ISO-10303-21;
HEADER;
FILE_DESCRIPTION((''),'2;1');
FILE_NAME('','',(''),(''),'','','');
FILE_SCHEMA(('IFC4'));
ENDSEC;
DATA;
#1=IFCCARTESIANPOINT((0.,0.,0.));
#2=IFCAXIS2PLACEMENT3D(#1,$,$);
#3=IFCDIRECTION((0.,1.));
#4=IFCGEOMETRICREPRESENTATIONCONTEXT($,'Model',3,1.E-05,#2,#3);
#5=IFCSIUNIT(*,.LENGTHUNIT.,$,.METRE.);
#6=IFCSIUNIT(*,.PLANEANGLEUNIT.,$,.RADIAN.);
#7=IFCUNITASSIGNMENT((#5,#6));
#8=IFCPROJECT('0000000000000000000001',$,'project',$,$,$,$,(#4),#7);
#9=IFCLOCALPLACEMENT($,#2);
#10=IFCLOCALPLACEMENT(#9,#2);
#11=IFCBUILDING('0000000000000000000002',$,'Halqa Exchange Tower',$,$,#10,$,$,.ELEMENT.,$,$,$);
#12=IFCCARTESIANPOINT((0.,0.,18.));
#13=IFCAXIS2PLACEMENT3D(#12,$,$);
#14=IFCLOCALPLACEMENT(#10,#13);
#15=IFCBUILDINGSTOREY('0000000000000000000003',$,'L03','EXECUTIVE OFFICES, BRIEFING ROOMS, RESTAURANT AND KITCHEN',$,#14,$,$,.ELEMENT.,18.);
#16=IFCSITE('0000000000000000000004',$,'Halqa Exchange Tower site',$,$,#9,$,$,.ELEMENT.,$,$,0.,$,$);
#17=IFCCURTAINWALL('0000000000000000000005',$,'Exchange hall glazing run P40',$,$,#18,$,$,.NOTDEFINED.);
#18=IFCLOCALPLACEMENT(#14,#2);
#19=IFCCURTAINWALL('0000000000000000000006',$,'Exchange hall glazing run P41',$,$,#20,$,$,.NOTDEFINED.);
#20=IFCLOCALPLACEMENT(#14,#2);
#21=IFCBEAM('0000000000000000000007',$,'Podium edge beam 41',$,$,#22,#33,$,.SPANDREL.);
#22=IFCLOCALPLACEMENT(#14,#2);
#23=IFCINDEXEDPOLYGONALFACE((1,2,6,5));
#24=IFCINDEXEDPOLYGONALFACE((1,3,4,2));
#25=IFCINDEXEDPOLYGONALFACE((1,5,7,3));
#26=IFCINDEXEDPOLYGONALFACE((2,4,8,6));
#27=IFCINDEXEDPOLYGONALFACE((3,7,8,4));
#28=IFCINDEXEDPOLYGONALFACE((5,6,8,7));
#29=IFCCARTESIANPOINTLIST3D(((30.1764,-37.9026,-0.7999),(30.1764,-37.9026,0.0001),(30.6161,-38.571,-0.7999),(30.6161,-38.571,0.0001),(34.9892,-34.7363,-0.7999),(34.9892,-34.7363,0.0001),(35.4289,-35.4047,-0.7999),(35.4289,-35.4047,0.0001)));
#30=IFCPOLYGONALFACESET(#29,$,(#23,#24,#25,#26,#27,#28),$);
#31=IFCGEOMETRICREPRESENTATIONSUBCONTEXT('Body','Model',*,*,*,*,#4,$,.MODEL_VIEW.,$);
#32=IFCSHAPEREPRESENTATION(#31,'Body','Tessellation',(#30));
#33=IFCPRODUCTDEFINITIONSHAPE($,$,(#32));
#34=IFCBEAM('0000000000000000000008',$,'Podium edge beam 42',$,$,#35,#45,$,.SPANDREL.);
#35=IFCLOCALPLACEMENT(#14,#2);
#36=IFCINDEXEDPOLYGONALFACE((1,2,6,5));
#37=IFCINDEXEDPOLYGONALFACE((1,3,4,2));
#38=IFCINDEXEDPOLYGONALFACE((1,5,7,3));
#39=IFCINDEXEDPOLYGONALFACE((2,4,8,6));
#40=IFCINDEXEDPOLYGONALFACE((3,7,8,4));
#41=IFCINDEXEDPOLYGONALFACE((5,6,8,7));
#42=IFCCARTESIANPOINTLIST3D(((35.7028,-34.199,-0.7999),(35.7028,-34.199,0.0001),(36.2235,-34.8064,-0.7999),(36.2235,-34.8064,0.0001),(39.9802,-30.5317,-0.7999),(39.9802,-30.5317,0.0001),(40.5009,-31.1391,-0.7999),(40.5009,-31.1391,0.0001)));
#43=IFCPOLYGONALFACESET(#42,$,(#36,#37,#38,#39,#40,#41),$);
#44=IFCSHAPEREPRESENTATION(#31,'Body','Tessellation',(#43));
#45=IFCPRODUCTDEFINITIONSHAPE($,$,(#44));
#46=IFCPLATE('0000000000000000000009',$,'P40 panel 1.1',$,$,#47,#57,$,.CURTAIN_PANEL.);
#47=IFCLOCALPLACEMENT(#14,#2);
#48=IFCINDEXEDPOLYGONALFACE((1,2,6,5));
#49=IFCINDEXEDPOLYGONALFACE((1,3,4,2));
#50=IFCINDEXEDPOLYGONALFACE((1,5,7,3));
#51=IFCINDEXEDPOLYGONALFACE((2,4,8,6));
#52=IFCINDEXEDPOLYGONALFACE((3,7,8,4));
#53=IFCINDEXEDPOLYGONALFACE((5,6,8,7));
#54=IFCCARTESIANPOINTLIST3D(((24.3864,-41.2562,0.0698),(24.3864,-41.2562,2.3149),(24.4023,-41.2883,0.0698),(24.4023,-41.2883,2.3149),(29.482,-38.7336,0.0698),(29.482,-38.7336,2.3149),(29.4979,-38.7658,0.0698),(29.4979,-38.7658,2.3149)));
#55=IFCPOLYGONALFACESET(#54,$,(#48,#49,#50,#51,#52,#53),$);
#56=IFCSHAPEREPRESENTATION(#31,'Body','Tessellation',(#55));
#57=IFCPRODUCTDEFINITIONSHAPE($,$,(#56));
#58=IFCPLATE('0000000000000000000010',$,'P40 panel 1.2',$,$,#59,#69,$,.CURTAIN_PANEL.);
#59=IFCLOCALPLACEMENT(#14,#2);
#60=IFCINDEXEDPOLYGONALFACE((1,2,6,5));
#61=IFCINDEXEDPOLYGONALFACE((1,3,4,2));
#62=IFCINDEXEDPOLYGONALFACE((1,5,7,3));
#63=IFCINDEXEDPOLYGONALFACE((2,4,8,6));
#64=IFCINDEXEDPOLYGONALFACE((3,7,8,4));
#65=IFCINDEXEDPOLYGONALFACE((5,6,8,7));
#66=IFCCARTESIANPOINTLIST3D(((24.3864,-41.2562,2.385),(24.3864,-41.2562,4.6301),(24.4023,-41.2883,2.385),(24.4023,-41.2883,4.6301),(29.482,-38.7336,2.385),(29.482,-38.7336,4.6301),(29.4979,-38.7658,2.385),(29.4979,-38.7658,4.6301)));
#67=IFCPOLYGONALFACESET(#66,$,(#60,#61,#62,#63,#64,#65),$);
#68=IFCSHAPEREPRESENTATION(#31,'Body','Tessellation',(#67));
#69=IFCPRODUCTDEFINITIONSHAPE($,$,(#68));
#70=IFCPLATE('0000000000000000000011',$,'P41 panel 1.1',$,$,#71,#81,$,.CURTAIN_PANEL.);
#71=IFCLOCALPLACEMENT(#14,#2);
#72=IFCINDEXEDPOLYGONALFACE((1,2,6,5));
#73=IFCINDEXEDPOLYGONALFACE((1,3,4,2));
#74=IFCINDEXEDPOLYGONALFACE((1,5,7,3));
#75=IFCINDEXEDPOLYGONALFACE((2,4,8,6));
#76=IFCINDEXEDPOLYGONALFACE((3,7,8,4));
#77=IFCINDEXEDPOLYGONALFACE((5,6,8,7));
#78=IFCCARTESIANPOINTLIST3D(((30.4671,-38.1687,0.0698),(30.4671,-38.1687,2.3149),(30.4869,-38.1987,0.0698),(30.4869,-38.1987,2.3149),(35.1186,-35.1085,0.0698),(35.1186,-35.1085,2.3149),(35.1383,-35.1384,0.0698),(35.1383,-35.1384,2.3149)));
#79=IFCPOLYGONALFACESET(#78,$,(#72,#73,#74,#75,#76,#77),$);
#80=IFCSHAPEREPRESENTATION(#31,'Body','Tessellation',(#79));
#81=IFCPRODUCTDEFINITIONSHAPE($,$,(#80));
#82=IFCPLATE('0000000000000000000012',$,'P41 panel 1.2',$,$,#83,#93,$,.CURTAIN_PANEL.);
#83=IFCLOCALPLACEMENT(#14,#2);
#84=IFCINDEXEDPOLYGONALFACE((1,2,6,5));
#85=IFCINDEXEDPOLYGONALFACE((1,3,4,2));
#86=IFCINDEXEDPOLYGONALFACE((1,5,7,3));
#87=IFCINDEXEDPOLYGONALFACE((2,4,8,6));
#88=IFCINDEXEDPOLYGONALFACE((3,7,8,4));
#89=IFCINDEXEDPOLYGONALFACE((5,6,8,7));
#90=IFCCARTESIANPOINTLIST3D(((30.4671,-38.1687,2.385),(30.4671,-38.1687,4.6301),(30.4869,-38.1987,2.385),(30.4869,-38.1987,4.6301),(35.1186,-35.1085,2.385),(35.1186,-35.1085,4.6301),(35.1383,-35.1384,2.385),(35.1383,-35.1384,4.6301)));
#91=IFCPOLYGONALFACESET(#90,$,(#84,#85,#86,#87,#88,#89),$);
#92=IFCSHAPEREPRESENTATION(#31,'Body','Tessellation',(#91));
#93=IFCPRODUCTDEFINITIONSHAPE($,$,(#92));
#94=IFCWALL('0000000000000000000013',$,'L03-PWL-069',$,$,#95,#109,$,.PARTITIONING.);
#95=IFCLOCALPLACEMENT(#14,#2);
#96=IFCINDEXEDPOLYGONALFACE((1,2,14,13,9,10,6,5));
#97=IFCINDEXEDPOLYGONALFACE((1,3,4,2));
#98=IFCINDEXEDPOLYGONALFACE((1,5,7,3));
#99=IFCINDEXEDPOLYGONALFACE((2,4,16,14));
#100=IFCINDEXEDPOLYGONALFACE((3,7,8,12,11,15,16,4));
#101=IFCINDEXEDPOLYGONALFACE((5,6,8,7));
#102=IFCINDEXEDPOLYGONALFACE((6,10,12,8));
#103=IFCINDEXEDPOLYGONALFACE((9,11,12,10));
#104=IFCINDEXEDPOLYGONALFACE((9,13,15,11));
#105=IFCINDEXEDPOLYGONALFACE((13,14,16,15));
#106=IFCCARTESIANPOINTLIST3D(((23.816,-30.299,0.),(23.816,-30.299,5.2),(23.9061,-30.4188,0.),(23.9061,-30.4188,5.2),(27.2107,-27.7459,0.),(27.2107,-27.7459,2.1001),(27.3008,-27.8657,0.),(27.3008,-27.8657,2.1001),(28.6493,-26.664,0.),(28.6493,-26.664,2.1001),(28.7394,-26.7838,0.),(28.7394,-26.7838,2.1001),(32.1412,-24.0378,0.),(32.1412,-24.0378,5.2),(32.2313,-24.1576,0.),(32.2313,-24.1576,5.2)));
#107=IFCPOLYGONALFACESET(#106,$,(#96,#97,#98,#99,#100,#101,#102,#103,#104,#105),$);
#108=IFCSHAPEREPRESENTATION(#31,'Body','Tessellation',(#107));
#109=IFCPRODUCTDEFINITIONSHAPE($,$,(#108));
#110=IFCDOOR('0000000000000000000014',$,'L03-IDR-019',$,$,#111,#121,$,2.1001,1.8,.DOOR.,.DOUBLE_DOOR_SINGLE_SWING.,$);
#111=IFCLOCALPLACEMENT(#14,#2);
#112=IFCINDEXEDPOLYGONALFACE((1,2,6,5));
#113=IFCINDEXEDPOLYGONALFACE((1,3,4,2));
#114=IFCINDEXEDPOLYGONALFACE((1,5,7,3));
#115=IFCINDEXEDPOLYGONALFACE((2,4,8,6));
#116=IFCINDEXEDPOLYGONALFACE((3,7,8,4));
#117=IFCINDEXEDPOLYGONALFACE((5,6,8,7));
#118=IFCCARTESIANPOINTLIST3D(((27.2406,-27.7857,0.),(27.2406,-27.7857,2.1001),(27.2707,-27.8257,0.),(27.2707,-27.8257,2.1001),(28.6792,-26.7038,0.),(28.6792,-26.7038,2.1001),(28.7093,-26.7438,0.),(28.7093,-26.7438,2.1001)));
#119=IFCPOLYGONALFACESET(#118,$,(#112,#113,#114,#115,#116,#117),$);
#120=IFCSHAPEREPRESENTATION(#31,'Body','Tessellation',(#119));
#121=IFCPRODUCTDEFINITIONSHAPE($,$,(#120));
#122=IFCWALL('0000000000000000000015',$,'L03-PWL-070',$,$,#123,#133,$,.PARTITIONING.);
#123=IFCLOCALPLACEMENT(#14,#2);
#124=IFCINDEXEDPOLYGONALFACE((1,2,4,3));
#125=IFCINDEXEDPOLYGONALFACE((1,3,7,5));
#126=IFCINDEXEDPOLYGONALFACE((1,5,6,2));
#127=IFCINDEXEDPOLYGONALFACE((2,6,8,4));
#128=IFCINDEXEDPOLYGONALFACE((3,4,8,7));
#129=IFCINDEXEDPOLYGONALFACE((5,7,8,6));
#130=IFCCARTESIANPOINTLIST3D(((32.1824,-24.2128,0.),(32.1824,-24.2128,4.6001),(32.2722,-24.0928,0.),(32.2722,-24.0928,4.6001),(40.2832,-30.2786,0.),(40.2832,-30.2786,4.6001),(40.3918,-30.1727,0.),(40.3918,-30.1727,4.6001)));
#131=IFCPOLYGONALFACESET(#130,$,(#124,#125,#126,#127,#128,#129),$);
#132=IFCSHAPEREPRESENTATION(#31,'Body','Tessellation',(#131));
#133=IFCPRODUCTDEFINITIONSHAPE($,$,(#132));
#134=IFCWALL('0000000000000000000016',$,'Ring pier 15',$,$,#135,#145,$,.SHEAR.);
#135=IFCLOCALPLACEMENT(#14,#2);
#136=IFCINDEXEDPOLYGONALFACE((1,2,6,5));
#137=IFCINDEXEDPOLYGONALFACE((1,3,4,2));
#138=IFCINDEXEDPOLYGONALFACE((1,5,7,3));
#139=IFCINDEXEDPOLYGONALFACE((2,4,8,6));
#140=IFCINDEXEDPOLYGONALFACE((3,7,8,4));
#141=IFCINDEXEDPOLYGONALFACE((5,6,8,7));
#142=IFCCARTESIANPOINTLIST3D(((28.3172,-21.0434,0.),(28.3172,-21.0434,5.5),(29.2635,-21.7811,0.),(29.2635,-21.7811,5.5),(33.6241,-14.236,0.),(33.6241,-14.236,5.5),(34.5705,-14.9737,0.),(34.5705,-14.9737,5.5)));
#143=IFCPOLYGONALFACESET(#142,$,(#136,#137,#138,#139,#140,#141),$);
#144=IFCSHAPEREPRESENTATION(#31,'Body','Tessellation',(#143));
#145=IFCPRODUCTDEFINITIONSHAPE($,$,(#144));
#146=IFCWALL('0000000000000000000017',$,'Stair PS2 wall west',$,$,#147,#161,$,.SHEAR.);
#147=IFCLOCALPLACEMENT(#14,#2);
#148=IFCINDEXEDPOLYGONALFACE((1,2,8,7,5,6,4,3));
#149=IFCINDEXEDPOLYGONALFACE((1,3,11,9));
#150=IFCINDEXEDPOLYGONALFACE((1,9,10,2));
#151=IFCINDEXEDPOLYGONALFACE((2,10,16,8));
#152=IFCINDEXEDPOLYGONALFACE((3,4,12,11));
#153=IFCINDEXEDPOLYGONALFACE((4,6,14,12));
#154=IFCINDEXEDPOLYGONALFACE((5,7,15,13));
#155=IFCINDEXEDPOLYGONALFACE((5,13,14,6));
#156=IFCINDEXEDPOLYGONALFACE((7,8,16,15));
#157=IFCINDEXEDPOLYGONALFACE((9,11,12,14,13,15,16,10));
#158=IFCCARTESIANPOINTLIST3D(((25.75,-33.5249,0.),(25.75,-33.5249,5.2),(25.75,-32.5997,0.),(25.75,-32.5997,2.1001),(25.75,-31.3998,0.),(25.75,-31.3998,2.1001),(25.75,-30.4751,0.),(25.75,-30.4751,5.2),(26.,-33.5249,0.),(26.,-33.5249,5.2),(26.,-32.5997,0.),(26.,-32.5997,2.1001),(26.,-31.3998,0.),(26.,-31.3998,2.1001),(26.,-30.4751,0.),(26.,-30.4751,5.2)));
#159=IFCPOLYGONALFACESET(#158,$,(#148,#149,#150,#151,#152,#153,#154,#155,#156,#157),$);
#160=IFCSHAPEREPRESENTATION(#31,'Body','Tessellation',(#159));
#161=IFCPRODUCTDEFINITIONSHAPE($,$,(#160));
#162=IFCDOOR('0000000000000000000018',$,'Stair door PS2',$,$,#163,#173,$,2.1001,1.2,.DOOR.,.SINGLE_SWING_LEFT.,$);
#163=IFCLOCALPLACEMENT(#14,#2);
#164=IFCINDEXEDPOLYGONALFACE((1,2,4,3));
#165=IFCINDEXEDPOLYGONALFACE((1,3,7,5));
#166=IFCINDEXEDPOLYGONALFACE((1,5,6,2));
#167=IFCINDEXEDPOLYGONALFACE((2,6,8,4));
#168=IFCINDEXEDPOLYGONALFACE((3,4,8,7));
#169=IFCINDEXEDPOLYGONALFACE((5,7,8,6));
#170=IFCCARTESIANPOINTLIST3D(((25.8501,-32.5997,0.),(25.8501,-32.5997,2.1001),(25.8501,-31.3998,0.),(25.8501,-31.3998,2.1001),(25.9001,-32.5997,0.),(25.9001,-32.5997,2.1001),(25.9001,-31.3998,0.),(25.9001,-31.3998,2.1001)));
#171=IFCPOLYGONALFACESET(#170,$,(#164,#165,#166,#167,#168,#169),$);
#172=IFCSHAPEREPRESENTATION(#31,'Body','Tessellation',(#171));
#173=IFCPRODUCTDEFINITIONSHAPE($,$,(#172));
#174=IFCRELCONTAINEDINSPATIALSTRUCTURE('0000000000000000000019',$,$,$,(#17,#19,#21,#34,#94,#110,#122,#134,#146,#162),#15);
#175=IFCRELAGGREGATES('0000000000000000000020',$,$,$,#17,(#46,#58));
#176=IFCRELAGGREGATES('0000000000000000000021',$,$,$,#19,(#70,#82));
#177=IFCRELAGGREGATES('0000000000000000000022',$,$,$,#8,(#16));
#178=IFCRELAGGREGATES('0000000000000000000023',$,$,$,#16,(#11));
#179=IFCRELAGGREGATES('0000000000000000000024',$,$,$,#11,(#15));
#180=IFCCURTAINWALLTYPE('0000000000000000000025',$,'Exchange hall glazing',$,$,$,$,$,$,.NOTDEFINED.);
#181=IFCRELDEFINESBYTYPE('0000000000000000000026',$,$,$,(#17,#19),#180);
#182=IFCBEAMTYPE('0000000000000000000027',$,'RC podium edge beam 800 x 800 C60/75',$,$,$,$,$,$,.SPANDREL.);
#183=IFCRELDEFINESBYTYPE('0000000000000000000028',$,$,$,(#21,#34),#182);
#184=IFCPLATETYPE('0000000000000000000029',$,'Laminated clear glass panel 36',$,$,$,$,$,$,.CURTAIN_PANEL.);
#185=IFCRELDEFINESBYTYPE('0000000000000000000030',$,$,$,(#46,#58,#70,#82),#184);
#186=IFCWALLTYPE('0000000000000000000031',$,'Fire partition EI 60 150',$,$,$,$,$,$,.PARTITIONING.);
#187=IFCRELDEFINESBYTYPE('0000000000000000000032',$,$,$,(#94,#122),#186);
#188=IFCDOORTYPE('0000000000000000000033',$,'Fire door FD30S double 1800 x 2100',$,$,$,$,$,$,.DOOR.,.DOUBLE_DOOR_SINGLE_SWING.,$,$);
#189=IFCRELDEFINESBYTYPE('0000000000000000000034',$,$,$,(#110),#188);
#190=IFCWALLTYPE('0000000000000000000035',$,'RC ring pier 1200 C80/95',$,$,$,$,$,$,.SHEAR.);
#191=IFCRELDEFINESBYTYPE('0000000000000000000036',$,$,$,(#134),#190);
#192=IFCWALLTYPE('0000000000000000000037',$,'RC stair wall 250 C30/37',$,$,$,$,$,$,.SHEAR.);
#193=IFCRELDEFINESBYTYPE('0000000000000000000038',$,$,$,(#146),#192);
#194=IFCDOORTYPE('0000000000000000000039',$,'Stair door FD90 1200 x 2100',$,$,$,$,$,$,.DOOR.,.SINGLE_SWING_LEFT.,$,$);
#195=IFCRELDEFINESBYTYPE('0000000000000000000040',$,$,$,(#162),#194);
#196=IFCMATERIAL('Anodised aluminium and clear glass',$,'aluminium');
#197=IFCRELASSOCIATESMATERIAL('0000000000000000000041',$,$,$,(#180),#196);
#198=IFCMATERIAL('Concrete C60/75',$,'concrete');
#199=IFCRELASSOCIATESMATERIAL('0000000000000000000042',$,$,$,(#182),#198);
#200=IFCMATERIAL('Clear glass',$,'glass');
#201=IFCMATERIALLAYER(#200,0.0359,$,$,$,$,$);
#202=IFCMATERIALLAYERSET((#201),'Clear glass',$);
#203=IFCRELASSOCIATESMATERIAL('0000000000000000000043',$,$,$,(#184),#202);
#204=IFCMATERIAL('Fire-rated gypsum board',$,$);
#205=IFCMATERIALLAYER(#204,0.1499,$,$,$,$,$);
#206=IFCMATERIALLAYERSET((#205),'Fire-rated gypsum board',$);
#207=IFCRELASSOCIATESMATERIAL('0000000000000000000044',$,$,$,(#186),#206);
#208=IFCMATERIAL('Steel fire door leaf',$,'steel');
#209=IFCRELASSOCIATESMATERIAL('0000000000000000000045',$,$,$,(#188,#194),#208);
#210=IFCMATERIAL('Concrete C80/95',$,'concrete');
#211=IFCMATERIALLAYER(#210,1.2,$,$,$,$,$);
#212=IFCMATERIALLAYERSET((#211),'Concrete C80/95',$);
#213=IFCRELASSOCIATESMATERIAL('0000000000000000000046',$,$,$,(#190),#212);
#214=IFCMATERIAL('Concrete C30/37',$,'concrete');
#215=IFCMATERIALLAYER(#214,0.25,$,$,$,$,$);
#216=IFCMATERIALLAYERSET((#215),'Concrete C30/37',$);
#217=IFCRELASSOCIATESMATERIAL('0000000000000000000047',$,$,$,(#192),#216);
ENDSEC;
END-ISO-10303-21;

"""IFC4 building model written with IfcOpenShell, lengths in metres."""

from ifc_helpers import new_model, si_unit, direction, frame, frame_2d, origin, origin_2d, place, context, subcontext, project, spatial, polyline, rectangle, outline, extrude, material, layer, layer_set, material_profile, profile_set, type_object, element, fill, aggregate, save


model = new_model("IFC4")

# Units and contexts
model_context = context("Model", 3, precision=1e-05, world=origin(), true_north=direction((0.0, 1.0)))
body_context = subcontext(model_context, "Body", "Model", "MODEL_VIEW")
ifc_project = project(units=[si_unit("LENGTHUNIT", "METRE"), si_unit("PLANEANGLEUNIT", "RADIAN")], contexts=[model_context])

# Site, building, storey
site_placement = place(None, origin())
site = spatial("IfcSite", under=ifc_project, at=site_placement, Name="Halqa Exchange Tower site", CompositionType="ELEMENT", RefElevation=0.0)
building_placement = place(site_placement, origin())
building = spatial("IfcBuilding", under=site, at=building_placement, Name="Halqa Exchange Tower", CompositionType="ELEMENT")
storey_placement = place(building_placement, frame((0.0, 0.0, 18.0)))
storey = spatial("IfcBuildingStorey", under=building, at=storey_placement, Name="L03", Description="EXECUTIVE OFFICES, BRIEFING ROOMS, RESTAURANT AND KITCHEN", CompositionType="ELEMENT", Elevation=18.0)

# Shared definitions
ifc_material_1 = material(Name="Concrete C60/75", Category="concrete")

# Curtain wall
ifc_material_2 = material(Name="Anodised aluminium and clear glass", Category="aluminium")
curtain_wall_type = type_object("IfcCurtainWallType", Name="Exchange hall glazing", PredefinedType="NOTDEFINED", material=ifc_material_2)
curtain_wall_1_placement = place(storey_placement, origin())
curtain_wall_1 = element("IfcCurtainWall", 1, at=curtain_wall_1_placement, inside=storey, type_object=curtain_wall_type, Name="Exchange hall glazing run P40", PredefinedType="NOTDEFINED")

# Curtain wall
curtain_wall_2_placement = place(storey_placement, origin())
curtain_wall_2 = element("IfcCurtainWall", 2, at=curtain_wall_2_placement, inside=storey, type_object=curtain_wall_type, Name="Exchange hall glazing run P41", PredefinedType="NOTDEFINED")

# Beams
ifc_material_profile_1 = material_profile(ifc_material_1, rectangle(XDim=0.8, YDim=0.8, at=origin_2d()), Name="800 x 800")
ifc_profile_set_1 = profile_set([ifc_material_profile_1], Name="Concrete C60/75")
beam_type_1 = type_object("IfcBeamType", Name="RC podium edge beam 800 x 800 C60/75", PredefinedType="SPANDREL", material=ifc_profile_set_1)
beam_1_placement = place(storey_placement, frame((30.3962, -38.2368, -0.3999), z_axis=(0.835419, 0.549614, 0.0), x_axis=(-0.549614, 0.835419, 0.0)))
element("IfcBeam", 3, at=beam_1_placement, inside=storey, type_object=beam_type_1, Name="Podium edge beam 41", PredefinedType="SPANDREL", context=body_context, shape_type="SweptSolid", body=[
    extrude(rectangle(XDim=0.8, YDim=0.8, at=origin_2d()), origin(), (0.0, 0.0, 1.0), 5.761),
])
beam_2_placement = place(storey_placement, frame((35.9631, -34.5027, -0.3999), z_axis=(0.759174, 0.650888, 0.0), x_axis=(-0.650888, 0.759174, 0.0)))
element("IfcBeam", 4, at=beam_2_placement, inside=storey, type_object=beam_type_1, Name="Podium edge beam 42", PredefinedType="SPANDREL", context=body_context, shape_type="SweptSolid", body=[
    extrude(rectangle(XDim=0.8, YDim=0.8, at=origin_2d()), origin(), (0.0, 0.0, 1.0), 5.6343),
])

# Plates
ifc_material_3 = material(Name="Clear glass", Category="glass")
ifc_layer_1 = layer(ifc_material_3, 0.0359)
ifc_layer_set_1 = layer_set([ifc_layer_1], Name="Clear glass")
plate_type = type_object("IfcPlateType", Name="Laminated clear glass panel 36", PredefinedType="CURTAIN_PANEL", material=ifc_layer_set_1)
plate_1_placement = place(storey_placement, frame((26.9421, -40.011, 0.0698), z_axis=(0.0, 0.0, 1.0), x_axis=(0.896198, 0.443653, 0.0)))
plate_1 = element("IfcPlate", 5, at=plate_1_placement, type_object=plate_type, Name="P40 panel 1.1", PredefinedType="CURTAIN_PANEL", context=body_context, shape_type="SweptSolid", body=[
    extrude(rectangle(XDim=5.6858, YDim=0.0359, at=origin_2d()), origin(), (0.0, 0.0, 1.0), 2.2451),
])
plate_2_placement = place(storey_placement, frame((26.9421, -40.011, 2.385), z_axis=(0.0, 0.0, 1.0), x_axis=(0.896198, 0.443653, 0.0)))
plate_2 = element("IfcPlate", 6, at=plate_2_placement, type_object=plate_type, Name="P40 panel 1.2", PredefinedType="CURTAIN_PANEL", context=body_context, shape_type="SweptSolid", body=[
    extrude(rectangle(XDim=5.6858, YDim=0.0359, at=origin_2d()), origin(), (0.0, 0.0, 1.0), 2.2451),
])
aggregate(curtain_wall_1, [plate_1, plate_2])
plate_3_placement = place(storey_placement, frame((32.8027, -36.6536, 0.0698), z_axis=(0.0, 0.0, 1.0), x_axis=(0.835415, 0.54962, 0.0)))
plate_3 = element("IfcPlate", 7, at=plate_3_placement, type_object=plate_type, Name="P41 panel 1.1", PredefinedType="CURTAIN_PANEL", context=body_context, shape_type="SweptSolid", body=[
    extrude(rectangle(XDim=5.5679, YDim=0.0359, at=origin_2d()), origin(), (0.0, 0.0, 1.0), 2.2451),
])
plate_4_placement = place(storey_placement, frame((32.8027, -36.6536, 2.385), z_axis=(0.0, 0.0, 1.0), x_axis=(0.835415, 0.54962, 0.0)))
plate_4 = element("IfcPlate", 8, at=plate_4_placement, type_object=plate_type, Name="P41 panel 1.2", PredefinedType="CURTAIN_PANEL", context=body_context, shape_type="SweptSolid", body=[
    extrude(rectangle(XDim=5.5679, YDim=0.0359, at=origin_2d()), origin(), (0.0, 0.0, 1.0), 2.2451),
])
aggregate(curtain_wall_2, [plate_3, plate_4])

# Wall, opening, door
ifc_material_4 = material(Name="Fire-rated gypsum board")
ifc_layer_2 = layer(ifc_material_4, 0.1499)
ifc_layer_set_2 = layer_set([ifc_layer_2], Name="Fire-rated gypsum board")
wall_type_1 = type_object("IfcWallType", Name="Fire partition EI 60 150", PredefinedType="PARTITIONING", material=ifc_layer_set_2)
wall_1_placement = place(storey_placement, frame((32.1863, -24.0977, 0.0), z_axis=(0.0, 0.0, 1.0), x_axis=(-0.799201, -0.601064, 0.0)))
wall_1 = element("IfcWall", 9, at=wall_1_placement, inside=storey, type_object=wall_type_1, Name="L03-PWL-069", PredefinedType="PARTITIONING", context=body_context, shape_type="SweptSolid", body=[
    extrude(rectangle(XDim=10.417, YDim=0.1499, at=frame_2d((5.2085, 0.0))), origin(), (0.0, 0.0, 1.0), 5.2),
])
opening_1_placement = place(wall_1_placement, frame((4.3694, 0.0, 0.0)))
opening_1 = element("IfcOpeningElement", 10, at=opening_1_placement, cuts=wall_1, PredefinedType="OPENING", context=body_context, shape_type="SweptSolid", body=[
    extrude(rectangle(XDim=1.8, YDim=2.1001, at=frame_2d((0.8999, 1.05))), frame((0.0, 0.0869, 0.0), z_axis=(0.0, -1.0, 0.0), x_axis=(1.0, 0.0, 0.0)), (0.0, 0.0, 1.0), 0.1738),
])
ifc_material_5 = material(Name="Steel fire door leaf", Category="steel")
door_type_1 = type_object("IfcDoorType", Name="Fire door FD30S double 1800 x 2100", OperationType="DOUBLE_DOOR_SINGLE_SWING", PredefinedType="DOOR", material=ifc_material_5)
door_1_placement = place(opening_1_placement, origin())
door_1 = element("IfcDoor", 11, at=door_1_placement, inside=storey, type_object=door_type_1, Name="L03-IDR-019", OperationType="DOUBLE_DOOR_SINGLE_SWING", OverallHeight=2.1001, OverallWidth=1.8, PredefinedType="DOOR", context=body_context, shape_type="SweptSolid", body=[
    extrude(rectangle(XDim=1.8, YDim=2.1001, at=frame_2d((0.8999, 1.05))), frame((0.0, 0.0249, 0.0), z_axis=(0.0, -1.0, 0.0), x_axis=(1.0, 0.0, 0.0)), (0.0, 0.0, 1.0), 0.05),
])
fill(opening_1, door_1)

# Walls
wall_2_placement = place(storey_placement, frame((32.2273, -24.1528, 0.0), z_axis=(0.0, 0.0, 1.0), x_axis=(0.800465, -0.599379, 0.0)))
element("IfcWall", 12, at=wall_2_placement, inside=storey, type_object=wall_type_1, Name="L03-PWL-070", PredefinedType="PARTITIONING", context=body_context, shape_type="SweptSolid", body=[
    extrude(outline(polyline([(0.0, -0.075), (10.1201, -0.075), (10.1436, 0.075), (0.0, 0.075), (0.0, -0.075)])), origin(), (0.0, 0.0, 1.0), 4.6001),
])
ifc_material_6 = material(Name="Concrete C80/95", Category="concrete")
ifc_layer_3 = layer(ifc_material_6, 1.2)
ifc_layer_set_3 = layer_set([ifc_layer_3], Name="Concrete C80/95")
wall_type_2 = type_object("IfcWallType", Name="RC ring pier 1200 C80/95", PredefinedType="SHEAR", material=ifc_layer_set_3)
wall_3_placement = place(storey_placement, frame((28.7903, -21.4124, 0.0), z_axis=(0.0, 0.0, 1.0), x_axis=(0.614825, 0.788663, 0.0)))
element("IfcWall", 13, at=wall_3_placement, inside=storey, type_object=wall_type_2, Name="Ring pier 15", PredefinedType="SHEAR", context=body_context, shape_type="SweptSolid", body=[
    extrude(rectangle(XDim=8.6316, YDim=1.2, at=frame_2d((4.3159, 0.0))), origin(), (0.0, 0.0, 1.0), 5.5),
])

# Wall, opening, door
ifc_material_7 = material(Name="Concrete C30/37", Category="concrete")
ifc_layer_4 = layer(ifc_material_7, 0.25)
ifc_layer_set_4 = layer_set([ifc_layer_4], Name="Concrete C30/37")
wall_type_3 = type_object("IfcWallType", Name="RC stair wall 250 C30/37", PredefinedType="SHEAR", material=ifc_layer_set_4)
wall_4_placement = place(storey_placement, frame((25.875, -33.5249, 0.0), z_axis=(0.0, 0.0, 1.0), x_axis=(0.0, 1.0, 0.0)))
wall_4 = element("IfcWall", 14, at=wall_4_placement, inside=storey, type_object=wall_type_3, Name="Stair PS2 wall west", PredefinedType="SHEAR", context=body_context, shape_type="SweptSolid", body=[
    extrude(rectangle(XDim=3.0498, YDim=0.25, at=frame_2d((1.5249, 0.0))), origin(), (0.0, 0.0, 1.0), 5.2),
])
opening_2_placement = place(wall_4_placement, frame((0.925, 0.0, 0.0)))
opening_2 = element("IfcOpeningElement", 15, at=opening_2_placement, cuts=wall_4, PredefinedType="OPENING", context=body_context, shape_type="SweptSolid", body=[
    extrude(rectangle(XDim=1.2, YDim=2.1001, at=frame_2d((0.6001, 1.05))), frame((0.0, 0.137, 0.0), z_axis=(0.0, -1.0, 0.0), x_axis=(1.0, 0.0, 0.0)), (0.0, 0.0, 1.0), 0.2739),
])
door_type_2 = type_object("IfcDoorType", Name="Stair door FD90 1200 x 2100", OperationType="SINGLE_SWING_LEFT", PredefinedType="DOOR", material=ifc_material_5)
door_2_placement = place(opening_2_placement, origin())
door_2 = element("IfcDoor", 16, at=door_2_placement, inside=storey, type_object=door_type_2, Name="Stair door PS2", OperationType="SINGLE_SWING_LEFT", OverallHeight=2.1001, OverallWidth=1.2, PredefinedType="DOOR", context=body_context, shape_type="SweptSolid", body=[
    extrude(rectangle(XDim=1.2, YDim=2.1001, at=frame_2d((0.6001, 1.05))), frame((0.0, 0.0249, 0.0), z_axis=(0.0, -1.0, 0.0), x_axis=(1.0, 0.0, 0.0)), (0.0, 0.0, 1.0), 0.05),
])
fill(opening_2, door_2)

save(model, "model.ifc")
